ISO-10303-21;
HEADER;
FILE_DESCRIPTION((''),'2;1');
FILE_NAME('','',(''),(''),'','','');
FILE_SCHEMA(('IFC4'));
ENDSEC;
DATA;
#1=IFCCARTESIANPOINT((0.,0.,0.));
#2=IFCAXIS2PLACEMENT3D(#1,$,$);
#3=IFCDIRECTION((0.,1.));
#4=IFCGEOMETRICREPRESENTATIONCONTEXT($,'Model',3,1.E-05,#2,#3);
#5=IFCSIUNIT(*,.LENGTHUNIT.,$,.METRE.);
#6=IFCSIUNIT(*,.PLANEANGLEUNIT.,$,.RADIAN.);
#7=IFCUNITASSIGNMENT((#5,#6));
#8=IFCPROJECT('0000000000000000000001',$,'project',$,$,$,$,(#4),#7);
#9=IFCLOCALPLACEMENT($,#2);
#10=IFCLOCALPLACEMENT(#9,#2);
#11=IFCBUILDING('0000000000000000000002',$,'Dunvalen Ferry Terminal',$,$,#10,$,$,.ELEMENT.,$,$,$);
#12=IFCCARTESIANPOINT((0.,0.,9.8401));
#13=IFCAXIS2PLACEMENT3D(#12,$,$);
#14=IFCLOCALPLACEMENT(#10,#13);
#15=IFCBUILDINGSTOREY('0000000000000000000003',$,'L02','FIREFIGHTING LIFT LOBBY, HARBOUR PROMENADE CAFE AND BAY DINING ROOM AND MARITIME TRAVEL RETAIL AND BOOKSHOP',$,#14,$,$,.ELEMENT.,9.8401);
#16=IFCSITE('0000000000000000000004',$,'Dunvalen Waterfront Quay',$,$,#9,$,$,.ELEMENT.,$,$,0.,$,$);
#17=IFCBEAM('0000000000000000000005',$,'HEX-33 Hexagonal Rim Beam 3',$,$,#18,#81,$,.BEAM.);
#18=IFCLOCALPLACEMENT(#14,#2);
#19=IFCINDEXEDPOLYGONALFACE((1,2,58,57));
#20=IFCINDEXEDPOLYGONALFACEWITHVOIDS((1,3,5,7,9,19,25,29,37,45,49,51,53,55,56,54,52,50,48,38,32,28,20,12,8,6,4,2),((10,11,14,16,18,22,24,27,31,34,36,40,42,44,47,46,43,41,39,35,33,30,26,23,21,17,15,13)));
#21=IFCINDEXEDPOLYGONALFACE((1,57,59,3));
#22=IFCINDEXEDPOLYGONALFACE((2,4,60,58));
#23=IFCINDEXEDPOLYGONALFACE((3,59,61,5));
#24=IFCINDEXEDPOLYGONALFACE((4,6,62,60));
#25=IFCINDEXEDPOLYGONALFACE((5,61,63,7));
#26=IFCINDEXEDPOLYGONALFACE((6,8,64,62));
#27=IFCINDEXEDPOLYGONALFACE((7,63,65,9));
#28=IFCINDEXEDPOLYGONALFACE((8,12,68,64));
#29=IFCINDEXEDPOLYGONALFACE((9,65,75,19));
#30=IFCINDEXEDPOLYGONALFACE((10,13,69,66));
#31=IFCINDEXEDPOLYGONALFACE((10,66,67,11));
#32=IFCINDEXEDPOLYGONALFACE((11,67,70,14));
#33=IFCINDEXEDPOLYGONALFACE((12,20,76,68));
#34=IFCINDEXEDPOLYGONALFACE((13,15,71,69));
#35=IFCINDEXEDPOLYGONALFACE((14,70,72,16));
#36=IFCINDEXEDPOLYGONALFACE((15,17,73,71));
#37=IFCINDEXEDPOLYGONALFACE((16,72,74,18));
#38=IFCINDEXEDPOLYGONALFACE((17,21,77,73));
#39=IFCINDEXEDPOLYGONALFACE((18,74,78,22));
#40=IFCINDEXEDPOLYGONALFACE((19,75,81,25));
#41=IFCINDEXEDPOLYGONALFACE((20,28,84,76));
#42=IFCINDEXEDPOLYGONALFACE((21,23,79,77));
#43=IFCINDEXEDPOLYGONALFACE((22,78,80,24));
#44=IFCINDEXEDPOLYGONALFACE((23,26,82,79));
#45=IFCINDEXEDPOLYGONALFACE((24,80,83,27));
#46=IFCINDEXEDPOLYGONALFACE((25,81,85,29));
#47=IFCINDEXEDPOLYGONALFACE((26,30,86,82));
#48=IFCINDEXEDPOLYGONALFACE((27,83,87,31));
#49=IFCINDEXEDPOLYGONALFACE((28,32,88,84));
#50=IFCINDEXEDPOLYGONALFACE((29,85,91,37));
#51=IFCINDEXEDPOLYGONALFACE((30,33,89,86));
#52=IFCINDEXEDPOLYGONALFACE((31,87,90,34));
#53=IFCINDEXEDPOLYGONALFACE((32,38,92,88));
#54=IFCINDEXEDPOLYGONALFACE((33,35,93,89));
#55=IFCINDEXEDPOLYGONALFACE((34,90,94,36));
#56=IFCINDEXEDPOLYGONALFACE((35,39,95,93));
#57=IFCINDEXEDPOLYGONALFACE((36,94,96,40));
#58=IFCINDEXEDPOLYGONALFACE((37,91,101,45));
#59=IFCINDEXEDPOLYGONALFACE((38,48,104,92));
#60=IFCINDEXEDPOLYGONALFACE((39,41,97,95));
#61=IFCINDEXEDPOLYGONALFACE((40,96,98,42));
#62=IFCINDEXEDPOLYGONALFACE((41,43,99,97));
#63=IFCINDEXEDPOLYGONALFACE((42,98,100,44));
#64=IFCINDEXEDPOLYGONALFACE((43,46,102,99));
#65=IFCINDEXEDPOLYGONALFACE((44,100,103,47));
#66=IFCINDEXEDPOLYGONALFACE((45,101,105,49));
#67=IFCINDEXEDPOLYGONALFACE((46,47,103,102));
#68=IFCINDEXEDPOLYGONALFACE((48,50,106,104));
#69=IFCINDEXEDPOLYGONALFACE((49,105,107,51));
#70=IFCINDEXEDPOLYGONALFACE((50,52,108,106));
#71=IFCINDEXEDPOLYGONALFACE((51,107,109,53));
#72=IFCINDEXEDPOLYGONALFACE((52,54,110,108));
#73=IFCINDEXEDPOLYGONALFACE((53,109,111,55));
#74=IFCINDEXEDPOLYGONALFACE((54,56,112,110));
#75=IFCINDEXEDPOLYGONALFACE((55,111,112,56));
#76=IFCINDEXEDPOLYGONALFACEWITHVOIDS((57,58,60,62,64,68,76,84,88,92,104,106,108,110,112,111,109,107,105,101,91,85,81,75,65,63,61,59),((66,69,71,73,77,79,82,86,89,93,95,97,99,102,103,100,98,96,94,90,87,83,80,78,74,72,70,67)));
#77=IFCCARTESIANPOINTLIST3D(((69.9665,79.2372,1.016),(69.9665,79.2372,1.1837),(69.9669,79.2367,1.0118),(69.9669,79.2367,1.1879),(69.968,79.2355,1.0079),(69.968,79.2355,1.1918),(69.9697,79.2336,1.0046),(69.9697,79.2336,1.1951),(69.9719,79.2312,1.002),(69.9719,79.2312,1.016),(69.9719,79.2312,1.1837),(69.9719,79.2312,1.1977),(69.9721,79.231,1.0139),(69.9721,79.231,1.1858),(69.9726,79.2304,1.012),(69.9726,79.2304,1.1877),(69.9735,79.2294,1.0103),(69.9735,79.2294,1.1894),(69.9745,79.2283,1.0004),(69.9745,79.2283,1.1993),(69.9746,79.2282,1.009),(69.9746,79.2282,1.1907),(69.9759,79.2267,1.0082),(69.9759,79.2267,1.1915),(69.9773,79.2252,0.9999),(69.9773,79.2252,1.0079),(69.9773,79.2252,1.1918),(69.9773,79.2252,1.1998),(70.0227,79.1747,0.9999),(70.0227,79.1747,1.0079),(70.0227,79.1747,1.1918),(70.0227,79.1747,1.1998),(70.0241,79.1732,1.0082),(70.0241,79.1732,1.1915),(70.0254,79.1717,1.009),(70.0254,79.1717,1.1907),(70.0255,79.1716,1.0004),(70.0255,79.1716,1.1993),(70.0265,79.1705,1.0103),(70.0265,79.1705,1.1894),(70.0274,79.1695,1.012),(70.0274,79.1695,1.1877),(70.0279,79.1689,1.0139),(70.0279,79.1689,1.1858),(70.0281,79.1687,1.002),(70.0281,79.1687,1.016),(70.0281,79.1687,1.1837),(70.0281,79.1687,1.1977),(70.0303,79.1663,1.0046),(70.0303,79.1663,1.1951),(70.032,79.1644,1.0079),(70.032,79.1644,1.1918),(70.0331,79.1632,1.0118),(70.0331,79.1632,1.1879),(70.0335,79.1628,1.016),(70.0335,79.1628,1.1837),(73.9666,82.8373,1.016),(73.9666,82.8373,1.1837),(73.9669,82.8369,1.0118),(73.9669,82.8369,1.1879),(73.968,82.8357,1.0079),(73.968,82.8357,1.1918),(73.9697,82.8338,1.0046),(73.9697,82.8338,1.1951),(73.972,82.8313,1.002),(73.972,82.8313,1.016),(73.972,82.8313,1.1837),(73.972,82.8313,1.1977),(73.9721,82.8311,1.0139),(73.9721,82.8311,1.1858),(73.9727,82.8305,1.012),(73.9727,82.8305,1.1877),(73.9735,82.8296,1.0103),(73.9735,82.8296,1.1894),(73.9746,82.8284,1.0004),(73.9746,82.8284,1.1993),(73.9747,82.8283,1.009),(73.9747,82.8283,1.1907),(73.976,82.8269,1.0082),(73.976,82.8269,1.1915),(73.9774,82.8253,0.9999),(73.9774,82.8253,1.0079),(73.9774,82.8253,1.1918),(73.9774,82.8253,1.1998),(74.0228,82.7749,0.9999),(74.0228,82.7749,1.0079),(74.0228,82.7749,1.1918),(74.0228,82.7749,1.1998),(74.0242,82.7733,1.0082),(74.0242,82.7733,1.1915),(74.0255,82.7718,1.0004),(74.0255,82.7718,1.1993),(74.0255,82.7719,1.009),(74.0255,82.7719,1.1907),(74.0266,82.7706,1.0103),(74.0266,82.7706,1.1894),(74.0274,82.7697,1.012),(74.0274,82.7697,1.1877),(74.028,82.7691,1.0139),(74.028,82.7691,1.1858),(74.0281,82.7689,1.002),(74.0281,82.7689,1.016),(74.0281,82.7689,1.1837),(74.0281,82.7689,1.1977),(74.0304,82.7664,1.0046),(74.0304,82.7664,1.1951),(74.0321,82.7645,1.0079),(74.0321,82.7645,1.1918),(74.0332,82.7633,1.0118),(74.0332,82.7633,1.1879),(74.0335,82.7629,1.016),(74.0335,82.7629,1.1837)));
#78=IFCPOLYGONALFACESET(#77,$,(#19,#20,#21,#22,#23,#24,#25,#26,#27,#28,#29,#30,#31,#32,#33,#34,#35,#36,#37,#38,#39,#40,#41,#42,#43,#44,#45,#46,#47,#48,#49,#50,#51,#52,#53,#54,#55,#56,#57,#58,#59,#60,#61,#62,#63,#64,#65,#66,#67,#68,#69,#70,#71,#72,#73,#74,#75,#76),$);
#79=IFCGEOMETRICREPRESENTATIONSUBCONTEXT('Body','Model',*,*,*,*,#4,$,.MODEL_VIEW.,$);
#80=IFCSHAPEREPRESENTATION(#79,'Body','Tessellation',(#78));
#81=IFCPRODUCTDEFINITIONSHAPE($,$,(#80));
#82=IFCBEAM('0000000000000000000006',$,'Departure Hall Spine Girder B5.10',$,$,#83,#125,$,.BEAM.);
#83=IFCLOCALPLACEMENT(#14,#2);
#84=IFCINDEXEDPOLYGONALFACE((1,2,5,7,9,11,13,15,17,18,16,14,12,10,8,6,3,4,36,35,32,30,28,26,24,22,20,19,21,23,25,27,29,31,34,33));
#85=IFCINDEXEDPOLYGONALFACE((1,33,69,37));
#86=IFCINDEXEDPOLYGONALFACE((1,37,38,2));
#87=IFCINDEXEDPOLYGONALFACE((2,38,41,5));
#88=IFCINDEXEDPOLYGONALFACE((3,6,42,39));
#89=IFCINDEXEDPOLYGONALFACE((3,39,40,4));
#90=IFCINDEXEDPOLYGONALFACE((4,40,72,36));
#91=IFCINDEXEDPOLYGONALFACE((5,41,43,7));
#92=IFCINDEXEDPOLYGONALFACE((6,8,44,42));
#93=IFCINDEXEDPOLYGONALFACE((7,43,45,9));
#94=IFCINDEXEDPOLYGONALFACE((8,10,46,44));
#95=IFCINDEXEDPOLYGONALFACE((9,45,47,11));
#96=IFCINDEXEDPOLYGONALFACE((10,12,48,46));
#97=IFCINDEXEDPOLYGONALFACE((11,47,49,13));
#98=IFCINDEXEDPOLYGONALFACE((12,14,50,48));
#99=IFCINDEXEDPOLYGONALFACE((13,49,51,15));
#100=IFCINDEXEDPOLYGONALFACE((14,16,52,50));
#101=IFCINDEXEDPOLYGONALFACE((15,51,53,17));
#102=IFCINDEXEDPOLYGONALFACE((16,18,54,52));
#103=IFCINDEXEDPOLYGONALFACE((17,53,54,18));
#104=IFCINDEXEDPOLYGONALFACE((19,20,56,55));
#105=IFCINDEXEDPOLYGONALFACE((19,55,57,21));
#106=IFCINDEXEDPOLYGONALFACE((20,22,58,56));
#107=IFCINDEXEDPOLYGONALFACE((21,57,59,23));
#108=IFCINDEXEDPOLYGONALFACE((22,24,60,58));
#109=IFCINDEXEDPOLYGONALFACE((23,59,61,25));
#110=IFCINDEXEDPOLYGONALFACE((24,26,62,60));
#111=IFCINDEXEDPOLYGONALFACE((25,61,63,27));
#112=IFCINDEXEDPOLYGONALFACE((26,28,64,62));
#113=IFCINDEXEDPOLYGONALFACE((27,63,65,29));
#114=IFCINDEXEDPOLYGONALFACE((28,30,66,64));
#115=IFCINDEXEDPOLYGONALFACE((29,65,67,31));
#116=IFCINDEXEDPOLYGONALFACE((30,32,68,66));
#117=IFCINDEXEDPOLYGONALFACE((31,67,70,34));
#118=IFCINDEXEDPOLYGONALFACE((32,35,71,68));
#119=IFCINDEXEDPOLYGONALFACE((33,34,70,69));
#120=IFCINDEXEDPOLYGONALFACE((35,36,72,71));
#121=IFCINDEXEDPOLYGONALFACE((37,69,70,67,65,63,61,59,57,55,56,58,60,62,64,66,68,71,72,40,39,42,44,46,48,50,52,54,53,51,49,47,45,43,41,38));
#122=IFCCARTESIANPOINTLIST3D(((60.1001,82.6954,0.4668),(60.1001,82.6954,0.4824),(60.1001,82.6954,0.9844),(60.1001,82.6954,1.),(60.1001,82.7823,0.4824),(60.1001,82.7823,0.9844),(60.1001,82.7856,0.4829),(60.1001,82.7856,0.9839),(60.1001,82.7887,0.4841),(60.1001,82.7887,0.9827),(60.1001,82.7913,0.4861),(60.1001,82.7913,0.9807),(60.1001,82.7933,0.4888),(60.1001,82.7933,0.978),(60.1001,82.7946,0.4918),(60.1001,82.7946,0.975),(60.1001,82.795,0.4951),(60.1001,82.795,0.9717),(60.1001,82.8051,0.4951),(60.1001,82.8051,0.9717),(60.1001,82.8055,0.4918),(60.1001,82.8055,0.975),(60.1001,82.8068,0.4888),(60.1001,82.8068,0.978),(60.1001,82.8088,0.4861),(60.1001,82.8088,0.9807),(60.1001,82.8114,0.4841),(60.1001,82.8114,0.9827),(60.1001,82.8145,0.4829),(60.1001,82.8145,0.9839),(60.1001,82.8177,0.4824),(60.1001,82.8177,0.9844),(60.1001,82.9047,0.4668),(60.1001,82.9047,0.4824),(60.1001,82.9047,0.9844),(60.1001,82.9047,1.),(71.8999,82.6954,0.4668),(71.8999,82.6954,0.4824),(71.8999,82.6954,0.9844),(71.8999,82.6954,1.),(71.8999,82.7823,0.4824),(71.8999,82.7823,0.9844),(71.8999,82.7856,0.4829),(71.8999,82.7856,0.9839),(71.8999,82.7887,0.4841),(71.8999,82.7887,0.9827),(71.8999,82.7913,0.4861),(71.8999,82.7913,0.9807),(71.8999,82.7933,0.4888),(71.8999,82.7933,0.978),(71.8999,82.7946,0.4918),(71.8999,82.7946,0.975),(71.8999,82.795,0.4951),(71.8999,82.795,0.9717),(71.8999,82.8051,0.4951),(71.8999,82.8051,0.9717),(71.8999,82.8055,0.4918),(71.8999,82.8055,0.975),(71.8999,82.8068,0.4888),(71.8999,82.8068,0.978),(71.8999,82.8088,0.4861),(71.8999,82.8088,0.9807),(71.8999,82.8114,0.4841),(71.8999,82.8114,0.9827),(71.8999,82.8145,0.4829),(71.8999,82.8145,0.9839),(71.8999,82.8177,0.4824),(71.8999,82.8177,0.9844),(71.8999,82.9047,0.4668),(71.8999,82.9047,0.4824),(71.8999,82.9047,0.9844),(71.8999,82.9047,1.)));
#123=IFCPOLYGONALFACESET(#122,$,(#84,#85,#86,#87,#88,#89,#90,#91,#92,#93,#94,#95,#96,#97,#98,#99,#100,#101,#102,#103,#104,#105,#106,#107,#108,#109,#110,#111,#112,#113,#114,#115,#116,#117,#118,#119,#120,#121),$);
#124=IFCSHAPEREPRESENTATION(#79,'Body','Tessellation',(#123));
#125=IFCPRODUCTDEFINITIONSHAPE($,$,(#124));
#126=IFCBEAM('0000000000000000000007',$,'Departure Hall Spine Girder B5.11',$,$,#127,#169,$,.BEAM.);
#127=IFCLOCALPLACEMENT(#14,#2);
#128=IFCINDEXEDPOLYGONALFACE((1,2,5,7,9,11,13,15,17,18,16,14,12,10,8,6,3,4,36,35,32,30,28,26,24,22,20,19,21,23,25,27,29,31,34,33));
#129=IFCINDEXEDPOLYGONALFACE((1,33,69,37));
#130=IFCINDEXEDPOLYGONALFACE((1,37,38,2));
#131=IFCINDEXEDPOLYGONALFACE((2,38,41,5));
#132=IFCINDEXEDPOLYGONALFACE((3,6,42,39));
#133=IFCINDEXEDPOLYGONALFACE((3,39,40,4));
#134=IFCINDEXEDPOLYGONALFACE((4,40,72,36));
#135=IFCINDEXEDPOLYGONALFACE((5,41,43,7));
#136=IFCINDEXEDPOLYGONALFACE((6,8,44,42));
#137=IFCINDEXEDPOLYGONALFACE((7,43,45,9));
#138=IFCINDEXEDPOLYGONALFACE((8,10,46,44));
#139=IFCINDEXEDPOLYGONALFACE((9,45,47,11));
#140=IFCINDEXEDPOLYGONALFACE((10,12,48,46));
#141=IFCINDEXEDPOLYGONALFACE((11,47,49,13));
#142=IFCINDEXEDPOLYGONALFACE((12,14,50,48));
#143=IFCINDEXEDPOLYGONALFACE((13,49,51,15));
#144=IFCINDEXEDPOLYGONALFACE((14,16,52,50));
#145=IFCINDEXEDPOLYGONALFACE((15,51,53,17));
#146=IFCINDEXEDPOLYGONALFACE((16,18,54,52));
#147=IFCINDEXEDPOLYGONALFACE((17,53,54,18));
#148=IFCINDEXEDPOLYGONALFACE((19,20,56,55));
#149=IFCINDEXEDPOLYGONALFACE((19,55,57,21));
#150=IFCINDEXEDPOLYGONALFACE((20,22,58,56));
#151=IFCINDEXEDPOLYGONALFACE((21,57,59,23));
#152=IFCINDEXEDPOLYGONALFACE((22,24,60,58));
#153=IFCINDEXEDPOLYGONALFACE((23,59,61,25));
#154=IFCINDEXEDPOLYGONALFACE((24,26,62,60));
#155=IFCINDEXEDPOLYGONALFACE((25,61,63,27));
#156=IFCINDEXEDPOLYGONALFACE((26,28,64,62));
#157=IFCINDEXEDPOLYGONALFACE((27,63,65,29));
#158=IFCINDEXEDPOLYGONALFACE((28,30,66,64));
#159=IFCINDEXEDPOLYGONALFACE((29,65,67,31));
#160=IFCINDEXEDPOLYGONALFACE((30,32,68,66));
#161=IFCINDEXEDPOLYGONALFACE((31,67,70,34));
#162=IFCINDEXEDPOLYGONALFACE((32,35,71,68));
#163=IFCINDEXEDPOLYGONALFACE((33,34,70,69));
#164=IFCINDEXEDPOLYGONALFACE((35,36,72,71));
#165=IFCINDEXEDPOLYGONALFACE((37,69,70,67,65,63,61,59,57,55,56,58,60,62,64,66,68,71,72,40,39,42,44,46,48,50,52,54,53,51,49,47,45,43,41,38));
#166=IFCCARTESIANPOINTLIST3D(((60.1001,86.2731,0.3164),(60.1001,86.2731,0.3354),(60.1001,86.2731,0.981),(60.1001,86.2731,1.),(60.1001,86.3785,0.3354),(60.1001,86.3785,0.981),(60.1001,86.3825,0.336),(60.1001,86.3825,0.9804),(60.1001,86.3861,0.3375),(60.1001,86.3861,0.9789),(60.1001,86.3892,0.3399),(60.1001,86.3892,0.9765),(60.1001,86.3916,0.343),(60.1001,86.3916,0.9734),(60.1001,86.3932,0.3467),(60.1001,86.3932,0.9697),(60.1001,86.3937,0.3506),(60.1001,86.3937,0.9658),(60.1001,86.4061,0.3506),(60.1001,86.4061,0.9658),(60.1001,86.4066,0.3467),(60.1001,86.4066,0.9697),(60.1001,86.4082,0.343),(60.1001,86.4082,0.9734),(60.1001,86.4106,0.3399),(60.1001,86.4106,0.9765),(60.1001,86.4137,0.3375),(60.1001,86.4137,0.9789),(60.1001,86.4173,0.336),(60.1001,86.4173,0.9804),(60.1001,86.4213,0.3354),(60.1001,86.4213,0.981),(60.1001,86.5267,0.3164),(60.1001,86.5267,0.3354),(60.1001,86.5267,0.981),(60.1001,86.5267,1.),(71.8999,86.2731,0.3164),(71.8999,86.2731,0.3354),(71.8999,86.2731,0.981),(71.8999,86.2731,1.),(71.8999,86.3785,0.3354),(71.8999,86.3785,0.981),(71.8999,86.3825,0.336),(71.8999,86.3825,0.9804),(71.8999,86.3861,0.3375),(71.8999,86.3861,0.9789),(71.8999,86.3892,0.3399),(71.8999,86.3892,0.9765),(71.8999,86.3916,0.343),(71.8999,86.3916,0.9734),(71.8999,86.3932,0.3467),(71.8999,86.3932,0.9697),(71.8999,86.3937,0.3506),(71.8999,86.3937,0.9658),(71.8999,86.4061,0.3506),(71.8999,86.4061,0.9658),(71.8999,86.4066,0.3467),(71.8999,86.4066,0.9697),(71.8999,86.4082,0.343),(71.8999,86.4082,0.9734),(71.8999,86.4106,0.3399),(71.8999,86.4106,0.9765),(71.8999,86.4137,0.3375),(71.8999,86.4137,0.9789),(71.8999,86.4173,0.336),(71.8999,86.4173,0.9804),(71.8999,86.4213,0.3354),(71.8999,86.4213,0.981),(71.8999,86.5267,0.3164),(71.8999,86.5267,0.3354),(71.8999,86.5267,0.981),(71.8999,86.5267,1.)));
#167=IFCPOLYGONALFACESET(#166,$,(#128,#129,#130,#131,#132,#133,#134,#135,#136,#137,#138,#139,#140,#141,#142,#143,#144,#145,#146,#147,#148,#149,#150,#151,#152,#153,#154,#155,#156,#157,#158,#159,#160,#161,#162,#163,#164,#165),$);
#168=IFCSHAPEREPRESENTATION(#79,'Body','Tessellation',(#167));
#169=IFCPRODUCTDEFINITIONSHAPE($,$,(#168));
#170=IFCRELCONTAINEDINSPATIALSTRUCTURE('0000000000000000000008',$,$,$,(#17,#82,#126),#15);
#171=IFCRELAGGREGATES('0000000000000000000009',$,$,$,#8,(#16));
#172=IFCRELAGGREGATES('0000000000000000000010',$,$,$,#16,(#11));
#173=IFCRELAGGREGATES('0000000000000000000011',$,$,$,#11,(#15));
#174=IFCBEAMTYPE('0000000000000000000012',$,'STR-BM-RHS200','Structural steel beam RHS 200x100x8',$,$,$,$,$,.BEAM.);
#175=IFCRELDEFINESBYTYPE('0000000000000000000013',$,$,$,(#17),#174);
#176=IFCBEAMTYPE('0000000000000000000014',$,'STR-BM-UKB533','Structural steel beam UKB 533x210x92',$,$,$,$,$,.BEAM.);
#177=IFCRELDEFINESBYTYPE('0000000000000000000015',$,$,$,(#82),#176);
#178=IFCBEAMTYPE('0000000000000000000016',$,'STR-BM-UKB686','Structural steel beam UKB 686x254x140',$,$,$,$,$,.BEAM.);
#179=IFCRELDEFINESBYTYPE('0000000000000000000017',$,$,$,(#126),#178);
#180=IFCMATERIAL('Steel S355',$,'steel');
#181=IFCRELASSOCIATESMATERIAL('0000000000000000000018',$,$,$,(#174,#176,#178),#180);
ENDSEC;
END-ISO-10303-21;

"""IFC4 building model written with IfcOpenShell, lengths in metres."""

from ifc_helpers import new_model, si_unit, direction, frame, origin, origin_2d, place, context, subcontext, project, spatial, hollow_rectangle, i_section, extrude, material, material_profile, profile_set, type_object, element, save


model = new_model("IFC4")

# Units and contexts
model_context = context("Model", 3, precision=1e-05, world=origin(), true_north=direction((0.0, 1.0)))
body_context = subcontext(model_context, "Body", "Model", "MODEL_VIEW")
ifc_project = project(units=[si_unit("LENGTHUNIT", "METRE"), si_unit("PLANEANGLEUNIT", "RADIAN")], contexts=[model_context])

# Site, building, storey
site_placement = place(None, origin())
site = spatial("IfcSite", under=ifc_project, at=site_placement, Name="Dunvalen Waterfront Quay", CompositionType="ELEMENT", RefElevation=0.0)
building_placement = place(site_placement, origin())
building = spatial("IfcBuilding", under=site, at=building_placement, Name="Dunvalen Ferry Terminal", CompositionType="ELEMENT")
storey_placement = place(building_placement, frame((0.0, 0.0, 9.8401)))
storey = spatial("IfcBuildingStorey", under=building, at=storey_placement, Name="L02", Description="FIREFIGHTING LIFT LOBBY, HARBOUR PROMENADE CAFE AND BAY DINING ROOM AND MARITIME TRAVEL RETAIL AND BOOKSHOP", CompositionType="ELEMENT", Elevation=9.8401)

# Beams
ifc_material_1 = material(Name="Steel S355", Category="steel")
ifc_material_profile_1 = material_profile(ifc_material_1, hollow_rectangle(XDim=0.1001, YDim=0.2, WallThickness=0.0081, InnerFilletRadius=0.0081, OuterFilletRadius=0.0161, at=origin_2d()), Name="Steel S355")
ifc_profile_set_1 = profile_set([ifc_material_profile_1], Name="Steel S355")
beam_type_1 = type_object("IfcBeamType", Name="STR-BM-RHS200", Description="Structural steel beam RHS 200x100x8", PredefinedType="BEAM", material=ifc_profile_set_1)
beam_1_placement = place(storey_placement, frame((70.0, 79.2, 1.0999), z_axis=(0.743285, 0.668975, 0.0), x_axis=(-0.668975, 0.743285, 0.0)))
element("IfcBeam", 1, at=beam_1_placement, inside=storey, type_object=beam_type_1, Name="HEX-33 Hexagonal Rim Beam 3", PredefinedType="BEAM", context=body_context, shape_type="SweptSolid", body=[
    extrude(hollow_rectangle(XDim=0.1001, YDim=0.2, WallThickness=0.0081, InnerFilletRadius=0.0081, OuterFilletRadius=0.0161, at=origin_2d()), origin(), (0.0, 0.0, 1.0), 5.3816),
])
ifc_material_profile_2 = material_profile(ifc_material_1, i_section(OverallWidth=0.2092, OverallDepth=0.5332, WebThickness=0.01, FlangeThickness=0.0156, FilletRadius=0.0127, at=origin_2d()), Name="Steel S355")
ifc_profile_set_2 = profile_set([ifc_material_profile_2], Name="Steel S355")
beam_type_2 = type_object("IfcBeamType", Name="STR-BM-UKB533", Description="Structural steel beam UKB 533x210x92", PredefinedType="BEAM", material=ifc_profile_set_2)
beam_2_placement = place(storey_placement, frame((60.1001, 82.8, 0.7334), z_axis=(1.0, 0.0, 0.0), x_axis=(0.0, 1.0, 0.0)))
element("IfcBeam", 2, at=beam_2_placement, inside=storey, type_object=beam_type_2, Name="Departure Hall Spine Girder B5.10", PredefinedType="BEAM", context=body_context, shape_type="SweptSolid", body=[
    extrude(i_section(OverallWidth=0.2092, OverallDepth=0.5332, WebThickness=0.01, FlangeThickness=0.0156, FilletRadius=0.0127, at=origin_2d()), origin(), (0.0, 0.0, 1.0), 11.7998),
])
ifc_material_profile_3 = material_profile(ifc_material_1, i_section(OverallWidth=0.2537, OverallDepth=0.6836, WebThickness=0.0125, FlangeThickness=0.019, FilletRadius=0.0151, at=origin_2d()), Name="Steel S355")
ifc_profile_set_3 = profile_set([ifc_material_profile_3], Name="Steel S355")
beam_type_3 = type_object("IfcBeamType", Name="STR-BM-UKB686", Description="Structural steel beam UKB 686x254x140", PredefinedType="BEAM", material=ifc_profile_set_3)
beam_3_placement = place(storey_placement, frame((60.1001, 86.3999, 0.6582), z_axis=(1.0, 0.0, 0.0), x_axis=(0.0, 1.0, 0.0)))
element("IfcBeam", 3, at=beam_3_placement, inside=storey, type_object=beam_type_3, Name="Departure Hall Spine Girder B5.11", PredefinedType="BEAM", context=body_context, shape_type="SweptSolid", body=[
    extrude(i_section(OverallWidth=0.2537, OverallDepth=0.6836, WebThickness=0.0125, FlangeThickness=0.019, FilletRadius=0.0151, at=origin_2d()), origin(), (0.0, 0.0, 1.0), 11.7998),
])

save(model, "model.ifc")
